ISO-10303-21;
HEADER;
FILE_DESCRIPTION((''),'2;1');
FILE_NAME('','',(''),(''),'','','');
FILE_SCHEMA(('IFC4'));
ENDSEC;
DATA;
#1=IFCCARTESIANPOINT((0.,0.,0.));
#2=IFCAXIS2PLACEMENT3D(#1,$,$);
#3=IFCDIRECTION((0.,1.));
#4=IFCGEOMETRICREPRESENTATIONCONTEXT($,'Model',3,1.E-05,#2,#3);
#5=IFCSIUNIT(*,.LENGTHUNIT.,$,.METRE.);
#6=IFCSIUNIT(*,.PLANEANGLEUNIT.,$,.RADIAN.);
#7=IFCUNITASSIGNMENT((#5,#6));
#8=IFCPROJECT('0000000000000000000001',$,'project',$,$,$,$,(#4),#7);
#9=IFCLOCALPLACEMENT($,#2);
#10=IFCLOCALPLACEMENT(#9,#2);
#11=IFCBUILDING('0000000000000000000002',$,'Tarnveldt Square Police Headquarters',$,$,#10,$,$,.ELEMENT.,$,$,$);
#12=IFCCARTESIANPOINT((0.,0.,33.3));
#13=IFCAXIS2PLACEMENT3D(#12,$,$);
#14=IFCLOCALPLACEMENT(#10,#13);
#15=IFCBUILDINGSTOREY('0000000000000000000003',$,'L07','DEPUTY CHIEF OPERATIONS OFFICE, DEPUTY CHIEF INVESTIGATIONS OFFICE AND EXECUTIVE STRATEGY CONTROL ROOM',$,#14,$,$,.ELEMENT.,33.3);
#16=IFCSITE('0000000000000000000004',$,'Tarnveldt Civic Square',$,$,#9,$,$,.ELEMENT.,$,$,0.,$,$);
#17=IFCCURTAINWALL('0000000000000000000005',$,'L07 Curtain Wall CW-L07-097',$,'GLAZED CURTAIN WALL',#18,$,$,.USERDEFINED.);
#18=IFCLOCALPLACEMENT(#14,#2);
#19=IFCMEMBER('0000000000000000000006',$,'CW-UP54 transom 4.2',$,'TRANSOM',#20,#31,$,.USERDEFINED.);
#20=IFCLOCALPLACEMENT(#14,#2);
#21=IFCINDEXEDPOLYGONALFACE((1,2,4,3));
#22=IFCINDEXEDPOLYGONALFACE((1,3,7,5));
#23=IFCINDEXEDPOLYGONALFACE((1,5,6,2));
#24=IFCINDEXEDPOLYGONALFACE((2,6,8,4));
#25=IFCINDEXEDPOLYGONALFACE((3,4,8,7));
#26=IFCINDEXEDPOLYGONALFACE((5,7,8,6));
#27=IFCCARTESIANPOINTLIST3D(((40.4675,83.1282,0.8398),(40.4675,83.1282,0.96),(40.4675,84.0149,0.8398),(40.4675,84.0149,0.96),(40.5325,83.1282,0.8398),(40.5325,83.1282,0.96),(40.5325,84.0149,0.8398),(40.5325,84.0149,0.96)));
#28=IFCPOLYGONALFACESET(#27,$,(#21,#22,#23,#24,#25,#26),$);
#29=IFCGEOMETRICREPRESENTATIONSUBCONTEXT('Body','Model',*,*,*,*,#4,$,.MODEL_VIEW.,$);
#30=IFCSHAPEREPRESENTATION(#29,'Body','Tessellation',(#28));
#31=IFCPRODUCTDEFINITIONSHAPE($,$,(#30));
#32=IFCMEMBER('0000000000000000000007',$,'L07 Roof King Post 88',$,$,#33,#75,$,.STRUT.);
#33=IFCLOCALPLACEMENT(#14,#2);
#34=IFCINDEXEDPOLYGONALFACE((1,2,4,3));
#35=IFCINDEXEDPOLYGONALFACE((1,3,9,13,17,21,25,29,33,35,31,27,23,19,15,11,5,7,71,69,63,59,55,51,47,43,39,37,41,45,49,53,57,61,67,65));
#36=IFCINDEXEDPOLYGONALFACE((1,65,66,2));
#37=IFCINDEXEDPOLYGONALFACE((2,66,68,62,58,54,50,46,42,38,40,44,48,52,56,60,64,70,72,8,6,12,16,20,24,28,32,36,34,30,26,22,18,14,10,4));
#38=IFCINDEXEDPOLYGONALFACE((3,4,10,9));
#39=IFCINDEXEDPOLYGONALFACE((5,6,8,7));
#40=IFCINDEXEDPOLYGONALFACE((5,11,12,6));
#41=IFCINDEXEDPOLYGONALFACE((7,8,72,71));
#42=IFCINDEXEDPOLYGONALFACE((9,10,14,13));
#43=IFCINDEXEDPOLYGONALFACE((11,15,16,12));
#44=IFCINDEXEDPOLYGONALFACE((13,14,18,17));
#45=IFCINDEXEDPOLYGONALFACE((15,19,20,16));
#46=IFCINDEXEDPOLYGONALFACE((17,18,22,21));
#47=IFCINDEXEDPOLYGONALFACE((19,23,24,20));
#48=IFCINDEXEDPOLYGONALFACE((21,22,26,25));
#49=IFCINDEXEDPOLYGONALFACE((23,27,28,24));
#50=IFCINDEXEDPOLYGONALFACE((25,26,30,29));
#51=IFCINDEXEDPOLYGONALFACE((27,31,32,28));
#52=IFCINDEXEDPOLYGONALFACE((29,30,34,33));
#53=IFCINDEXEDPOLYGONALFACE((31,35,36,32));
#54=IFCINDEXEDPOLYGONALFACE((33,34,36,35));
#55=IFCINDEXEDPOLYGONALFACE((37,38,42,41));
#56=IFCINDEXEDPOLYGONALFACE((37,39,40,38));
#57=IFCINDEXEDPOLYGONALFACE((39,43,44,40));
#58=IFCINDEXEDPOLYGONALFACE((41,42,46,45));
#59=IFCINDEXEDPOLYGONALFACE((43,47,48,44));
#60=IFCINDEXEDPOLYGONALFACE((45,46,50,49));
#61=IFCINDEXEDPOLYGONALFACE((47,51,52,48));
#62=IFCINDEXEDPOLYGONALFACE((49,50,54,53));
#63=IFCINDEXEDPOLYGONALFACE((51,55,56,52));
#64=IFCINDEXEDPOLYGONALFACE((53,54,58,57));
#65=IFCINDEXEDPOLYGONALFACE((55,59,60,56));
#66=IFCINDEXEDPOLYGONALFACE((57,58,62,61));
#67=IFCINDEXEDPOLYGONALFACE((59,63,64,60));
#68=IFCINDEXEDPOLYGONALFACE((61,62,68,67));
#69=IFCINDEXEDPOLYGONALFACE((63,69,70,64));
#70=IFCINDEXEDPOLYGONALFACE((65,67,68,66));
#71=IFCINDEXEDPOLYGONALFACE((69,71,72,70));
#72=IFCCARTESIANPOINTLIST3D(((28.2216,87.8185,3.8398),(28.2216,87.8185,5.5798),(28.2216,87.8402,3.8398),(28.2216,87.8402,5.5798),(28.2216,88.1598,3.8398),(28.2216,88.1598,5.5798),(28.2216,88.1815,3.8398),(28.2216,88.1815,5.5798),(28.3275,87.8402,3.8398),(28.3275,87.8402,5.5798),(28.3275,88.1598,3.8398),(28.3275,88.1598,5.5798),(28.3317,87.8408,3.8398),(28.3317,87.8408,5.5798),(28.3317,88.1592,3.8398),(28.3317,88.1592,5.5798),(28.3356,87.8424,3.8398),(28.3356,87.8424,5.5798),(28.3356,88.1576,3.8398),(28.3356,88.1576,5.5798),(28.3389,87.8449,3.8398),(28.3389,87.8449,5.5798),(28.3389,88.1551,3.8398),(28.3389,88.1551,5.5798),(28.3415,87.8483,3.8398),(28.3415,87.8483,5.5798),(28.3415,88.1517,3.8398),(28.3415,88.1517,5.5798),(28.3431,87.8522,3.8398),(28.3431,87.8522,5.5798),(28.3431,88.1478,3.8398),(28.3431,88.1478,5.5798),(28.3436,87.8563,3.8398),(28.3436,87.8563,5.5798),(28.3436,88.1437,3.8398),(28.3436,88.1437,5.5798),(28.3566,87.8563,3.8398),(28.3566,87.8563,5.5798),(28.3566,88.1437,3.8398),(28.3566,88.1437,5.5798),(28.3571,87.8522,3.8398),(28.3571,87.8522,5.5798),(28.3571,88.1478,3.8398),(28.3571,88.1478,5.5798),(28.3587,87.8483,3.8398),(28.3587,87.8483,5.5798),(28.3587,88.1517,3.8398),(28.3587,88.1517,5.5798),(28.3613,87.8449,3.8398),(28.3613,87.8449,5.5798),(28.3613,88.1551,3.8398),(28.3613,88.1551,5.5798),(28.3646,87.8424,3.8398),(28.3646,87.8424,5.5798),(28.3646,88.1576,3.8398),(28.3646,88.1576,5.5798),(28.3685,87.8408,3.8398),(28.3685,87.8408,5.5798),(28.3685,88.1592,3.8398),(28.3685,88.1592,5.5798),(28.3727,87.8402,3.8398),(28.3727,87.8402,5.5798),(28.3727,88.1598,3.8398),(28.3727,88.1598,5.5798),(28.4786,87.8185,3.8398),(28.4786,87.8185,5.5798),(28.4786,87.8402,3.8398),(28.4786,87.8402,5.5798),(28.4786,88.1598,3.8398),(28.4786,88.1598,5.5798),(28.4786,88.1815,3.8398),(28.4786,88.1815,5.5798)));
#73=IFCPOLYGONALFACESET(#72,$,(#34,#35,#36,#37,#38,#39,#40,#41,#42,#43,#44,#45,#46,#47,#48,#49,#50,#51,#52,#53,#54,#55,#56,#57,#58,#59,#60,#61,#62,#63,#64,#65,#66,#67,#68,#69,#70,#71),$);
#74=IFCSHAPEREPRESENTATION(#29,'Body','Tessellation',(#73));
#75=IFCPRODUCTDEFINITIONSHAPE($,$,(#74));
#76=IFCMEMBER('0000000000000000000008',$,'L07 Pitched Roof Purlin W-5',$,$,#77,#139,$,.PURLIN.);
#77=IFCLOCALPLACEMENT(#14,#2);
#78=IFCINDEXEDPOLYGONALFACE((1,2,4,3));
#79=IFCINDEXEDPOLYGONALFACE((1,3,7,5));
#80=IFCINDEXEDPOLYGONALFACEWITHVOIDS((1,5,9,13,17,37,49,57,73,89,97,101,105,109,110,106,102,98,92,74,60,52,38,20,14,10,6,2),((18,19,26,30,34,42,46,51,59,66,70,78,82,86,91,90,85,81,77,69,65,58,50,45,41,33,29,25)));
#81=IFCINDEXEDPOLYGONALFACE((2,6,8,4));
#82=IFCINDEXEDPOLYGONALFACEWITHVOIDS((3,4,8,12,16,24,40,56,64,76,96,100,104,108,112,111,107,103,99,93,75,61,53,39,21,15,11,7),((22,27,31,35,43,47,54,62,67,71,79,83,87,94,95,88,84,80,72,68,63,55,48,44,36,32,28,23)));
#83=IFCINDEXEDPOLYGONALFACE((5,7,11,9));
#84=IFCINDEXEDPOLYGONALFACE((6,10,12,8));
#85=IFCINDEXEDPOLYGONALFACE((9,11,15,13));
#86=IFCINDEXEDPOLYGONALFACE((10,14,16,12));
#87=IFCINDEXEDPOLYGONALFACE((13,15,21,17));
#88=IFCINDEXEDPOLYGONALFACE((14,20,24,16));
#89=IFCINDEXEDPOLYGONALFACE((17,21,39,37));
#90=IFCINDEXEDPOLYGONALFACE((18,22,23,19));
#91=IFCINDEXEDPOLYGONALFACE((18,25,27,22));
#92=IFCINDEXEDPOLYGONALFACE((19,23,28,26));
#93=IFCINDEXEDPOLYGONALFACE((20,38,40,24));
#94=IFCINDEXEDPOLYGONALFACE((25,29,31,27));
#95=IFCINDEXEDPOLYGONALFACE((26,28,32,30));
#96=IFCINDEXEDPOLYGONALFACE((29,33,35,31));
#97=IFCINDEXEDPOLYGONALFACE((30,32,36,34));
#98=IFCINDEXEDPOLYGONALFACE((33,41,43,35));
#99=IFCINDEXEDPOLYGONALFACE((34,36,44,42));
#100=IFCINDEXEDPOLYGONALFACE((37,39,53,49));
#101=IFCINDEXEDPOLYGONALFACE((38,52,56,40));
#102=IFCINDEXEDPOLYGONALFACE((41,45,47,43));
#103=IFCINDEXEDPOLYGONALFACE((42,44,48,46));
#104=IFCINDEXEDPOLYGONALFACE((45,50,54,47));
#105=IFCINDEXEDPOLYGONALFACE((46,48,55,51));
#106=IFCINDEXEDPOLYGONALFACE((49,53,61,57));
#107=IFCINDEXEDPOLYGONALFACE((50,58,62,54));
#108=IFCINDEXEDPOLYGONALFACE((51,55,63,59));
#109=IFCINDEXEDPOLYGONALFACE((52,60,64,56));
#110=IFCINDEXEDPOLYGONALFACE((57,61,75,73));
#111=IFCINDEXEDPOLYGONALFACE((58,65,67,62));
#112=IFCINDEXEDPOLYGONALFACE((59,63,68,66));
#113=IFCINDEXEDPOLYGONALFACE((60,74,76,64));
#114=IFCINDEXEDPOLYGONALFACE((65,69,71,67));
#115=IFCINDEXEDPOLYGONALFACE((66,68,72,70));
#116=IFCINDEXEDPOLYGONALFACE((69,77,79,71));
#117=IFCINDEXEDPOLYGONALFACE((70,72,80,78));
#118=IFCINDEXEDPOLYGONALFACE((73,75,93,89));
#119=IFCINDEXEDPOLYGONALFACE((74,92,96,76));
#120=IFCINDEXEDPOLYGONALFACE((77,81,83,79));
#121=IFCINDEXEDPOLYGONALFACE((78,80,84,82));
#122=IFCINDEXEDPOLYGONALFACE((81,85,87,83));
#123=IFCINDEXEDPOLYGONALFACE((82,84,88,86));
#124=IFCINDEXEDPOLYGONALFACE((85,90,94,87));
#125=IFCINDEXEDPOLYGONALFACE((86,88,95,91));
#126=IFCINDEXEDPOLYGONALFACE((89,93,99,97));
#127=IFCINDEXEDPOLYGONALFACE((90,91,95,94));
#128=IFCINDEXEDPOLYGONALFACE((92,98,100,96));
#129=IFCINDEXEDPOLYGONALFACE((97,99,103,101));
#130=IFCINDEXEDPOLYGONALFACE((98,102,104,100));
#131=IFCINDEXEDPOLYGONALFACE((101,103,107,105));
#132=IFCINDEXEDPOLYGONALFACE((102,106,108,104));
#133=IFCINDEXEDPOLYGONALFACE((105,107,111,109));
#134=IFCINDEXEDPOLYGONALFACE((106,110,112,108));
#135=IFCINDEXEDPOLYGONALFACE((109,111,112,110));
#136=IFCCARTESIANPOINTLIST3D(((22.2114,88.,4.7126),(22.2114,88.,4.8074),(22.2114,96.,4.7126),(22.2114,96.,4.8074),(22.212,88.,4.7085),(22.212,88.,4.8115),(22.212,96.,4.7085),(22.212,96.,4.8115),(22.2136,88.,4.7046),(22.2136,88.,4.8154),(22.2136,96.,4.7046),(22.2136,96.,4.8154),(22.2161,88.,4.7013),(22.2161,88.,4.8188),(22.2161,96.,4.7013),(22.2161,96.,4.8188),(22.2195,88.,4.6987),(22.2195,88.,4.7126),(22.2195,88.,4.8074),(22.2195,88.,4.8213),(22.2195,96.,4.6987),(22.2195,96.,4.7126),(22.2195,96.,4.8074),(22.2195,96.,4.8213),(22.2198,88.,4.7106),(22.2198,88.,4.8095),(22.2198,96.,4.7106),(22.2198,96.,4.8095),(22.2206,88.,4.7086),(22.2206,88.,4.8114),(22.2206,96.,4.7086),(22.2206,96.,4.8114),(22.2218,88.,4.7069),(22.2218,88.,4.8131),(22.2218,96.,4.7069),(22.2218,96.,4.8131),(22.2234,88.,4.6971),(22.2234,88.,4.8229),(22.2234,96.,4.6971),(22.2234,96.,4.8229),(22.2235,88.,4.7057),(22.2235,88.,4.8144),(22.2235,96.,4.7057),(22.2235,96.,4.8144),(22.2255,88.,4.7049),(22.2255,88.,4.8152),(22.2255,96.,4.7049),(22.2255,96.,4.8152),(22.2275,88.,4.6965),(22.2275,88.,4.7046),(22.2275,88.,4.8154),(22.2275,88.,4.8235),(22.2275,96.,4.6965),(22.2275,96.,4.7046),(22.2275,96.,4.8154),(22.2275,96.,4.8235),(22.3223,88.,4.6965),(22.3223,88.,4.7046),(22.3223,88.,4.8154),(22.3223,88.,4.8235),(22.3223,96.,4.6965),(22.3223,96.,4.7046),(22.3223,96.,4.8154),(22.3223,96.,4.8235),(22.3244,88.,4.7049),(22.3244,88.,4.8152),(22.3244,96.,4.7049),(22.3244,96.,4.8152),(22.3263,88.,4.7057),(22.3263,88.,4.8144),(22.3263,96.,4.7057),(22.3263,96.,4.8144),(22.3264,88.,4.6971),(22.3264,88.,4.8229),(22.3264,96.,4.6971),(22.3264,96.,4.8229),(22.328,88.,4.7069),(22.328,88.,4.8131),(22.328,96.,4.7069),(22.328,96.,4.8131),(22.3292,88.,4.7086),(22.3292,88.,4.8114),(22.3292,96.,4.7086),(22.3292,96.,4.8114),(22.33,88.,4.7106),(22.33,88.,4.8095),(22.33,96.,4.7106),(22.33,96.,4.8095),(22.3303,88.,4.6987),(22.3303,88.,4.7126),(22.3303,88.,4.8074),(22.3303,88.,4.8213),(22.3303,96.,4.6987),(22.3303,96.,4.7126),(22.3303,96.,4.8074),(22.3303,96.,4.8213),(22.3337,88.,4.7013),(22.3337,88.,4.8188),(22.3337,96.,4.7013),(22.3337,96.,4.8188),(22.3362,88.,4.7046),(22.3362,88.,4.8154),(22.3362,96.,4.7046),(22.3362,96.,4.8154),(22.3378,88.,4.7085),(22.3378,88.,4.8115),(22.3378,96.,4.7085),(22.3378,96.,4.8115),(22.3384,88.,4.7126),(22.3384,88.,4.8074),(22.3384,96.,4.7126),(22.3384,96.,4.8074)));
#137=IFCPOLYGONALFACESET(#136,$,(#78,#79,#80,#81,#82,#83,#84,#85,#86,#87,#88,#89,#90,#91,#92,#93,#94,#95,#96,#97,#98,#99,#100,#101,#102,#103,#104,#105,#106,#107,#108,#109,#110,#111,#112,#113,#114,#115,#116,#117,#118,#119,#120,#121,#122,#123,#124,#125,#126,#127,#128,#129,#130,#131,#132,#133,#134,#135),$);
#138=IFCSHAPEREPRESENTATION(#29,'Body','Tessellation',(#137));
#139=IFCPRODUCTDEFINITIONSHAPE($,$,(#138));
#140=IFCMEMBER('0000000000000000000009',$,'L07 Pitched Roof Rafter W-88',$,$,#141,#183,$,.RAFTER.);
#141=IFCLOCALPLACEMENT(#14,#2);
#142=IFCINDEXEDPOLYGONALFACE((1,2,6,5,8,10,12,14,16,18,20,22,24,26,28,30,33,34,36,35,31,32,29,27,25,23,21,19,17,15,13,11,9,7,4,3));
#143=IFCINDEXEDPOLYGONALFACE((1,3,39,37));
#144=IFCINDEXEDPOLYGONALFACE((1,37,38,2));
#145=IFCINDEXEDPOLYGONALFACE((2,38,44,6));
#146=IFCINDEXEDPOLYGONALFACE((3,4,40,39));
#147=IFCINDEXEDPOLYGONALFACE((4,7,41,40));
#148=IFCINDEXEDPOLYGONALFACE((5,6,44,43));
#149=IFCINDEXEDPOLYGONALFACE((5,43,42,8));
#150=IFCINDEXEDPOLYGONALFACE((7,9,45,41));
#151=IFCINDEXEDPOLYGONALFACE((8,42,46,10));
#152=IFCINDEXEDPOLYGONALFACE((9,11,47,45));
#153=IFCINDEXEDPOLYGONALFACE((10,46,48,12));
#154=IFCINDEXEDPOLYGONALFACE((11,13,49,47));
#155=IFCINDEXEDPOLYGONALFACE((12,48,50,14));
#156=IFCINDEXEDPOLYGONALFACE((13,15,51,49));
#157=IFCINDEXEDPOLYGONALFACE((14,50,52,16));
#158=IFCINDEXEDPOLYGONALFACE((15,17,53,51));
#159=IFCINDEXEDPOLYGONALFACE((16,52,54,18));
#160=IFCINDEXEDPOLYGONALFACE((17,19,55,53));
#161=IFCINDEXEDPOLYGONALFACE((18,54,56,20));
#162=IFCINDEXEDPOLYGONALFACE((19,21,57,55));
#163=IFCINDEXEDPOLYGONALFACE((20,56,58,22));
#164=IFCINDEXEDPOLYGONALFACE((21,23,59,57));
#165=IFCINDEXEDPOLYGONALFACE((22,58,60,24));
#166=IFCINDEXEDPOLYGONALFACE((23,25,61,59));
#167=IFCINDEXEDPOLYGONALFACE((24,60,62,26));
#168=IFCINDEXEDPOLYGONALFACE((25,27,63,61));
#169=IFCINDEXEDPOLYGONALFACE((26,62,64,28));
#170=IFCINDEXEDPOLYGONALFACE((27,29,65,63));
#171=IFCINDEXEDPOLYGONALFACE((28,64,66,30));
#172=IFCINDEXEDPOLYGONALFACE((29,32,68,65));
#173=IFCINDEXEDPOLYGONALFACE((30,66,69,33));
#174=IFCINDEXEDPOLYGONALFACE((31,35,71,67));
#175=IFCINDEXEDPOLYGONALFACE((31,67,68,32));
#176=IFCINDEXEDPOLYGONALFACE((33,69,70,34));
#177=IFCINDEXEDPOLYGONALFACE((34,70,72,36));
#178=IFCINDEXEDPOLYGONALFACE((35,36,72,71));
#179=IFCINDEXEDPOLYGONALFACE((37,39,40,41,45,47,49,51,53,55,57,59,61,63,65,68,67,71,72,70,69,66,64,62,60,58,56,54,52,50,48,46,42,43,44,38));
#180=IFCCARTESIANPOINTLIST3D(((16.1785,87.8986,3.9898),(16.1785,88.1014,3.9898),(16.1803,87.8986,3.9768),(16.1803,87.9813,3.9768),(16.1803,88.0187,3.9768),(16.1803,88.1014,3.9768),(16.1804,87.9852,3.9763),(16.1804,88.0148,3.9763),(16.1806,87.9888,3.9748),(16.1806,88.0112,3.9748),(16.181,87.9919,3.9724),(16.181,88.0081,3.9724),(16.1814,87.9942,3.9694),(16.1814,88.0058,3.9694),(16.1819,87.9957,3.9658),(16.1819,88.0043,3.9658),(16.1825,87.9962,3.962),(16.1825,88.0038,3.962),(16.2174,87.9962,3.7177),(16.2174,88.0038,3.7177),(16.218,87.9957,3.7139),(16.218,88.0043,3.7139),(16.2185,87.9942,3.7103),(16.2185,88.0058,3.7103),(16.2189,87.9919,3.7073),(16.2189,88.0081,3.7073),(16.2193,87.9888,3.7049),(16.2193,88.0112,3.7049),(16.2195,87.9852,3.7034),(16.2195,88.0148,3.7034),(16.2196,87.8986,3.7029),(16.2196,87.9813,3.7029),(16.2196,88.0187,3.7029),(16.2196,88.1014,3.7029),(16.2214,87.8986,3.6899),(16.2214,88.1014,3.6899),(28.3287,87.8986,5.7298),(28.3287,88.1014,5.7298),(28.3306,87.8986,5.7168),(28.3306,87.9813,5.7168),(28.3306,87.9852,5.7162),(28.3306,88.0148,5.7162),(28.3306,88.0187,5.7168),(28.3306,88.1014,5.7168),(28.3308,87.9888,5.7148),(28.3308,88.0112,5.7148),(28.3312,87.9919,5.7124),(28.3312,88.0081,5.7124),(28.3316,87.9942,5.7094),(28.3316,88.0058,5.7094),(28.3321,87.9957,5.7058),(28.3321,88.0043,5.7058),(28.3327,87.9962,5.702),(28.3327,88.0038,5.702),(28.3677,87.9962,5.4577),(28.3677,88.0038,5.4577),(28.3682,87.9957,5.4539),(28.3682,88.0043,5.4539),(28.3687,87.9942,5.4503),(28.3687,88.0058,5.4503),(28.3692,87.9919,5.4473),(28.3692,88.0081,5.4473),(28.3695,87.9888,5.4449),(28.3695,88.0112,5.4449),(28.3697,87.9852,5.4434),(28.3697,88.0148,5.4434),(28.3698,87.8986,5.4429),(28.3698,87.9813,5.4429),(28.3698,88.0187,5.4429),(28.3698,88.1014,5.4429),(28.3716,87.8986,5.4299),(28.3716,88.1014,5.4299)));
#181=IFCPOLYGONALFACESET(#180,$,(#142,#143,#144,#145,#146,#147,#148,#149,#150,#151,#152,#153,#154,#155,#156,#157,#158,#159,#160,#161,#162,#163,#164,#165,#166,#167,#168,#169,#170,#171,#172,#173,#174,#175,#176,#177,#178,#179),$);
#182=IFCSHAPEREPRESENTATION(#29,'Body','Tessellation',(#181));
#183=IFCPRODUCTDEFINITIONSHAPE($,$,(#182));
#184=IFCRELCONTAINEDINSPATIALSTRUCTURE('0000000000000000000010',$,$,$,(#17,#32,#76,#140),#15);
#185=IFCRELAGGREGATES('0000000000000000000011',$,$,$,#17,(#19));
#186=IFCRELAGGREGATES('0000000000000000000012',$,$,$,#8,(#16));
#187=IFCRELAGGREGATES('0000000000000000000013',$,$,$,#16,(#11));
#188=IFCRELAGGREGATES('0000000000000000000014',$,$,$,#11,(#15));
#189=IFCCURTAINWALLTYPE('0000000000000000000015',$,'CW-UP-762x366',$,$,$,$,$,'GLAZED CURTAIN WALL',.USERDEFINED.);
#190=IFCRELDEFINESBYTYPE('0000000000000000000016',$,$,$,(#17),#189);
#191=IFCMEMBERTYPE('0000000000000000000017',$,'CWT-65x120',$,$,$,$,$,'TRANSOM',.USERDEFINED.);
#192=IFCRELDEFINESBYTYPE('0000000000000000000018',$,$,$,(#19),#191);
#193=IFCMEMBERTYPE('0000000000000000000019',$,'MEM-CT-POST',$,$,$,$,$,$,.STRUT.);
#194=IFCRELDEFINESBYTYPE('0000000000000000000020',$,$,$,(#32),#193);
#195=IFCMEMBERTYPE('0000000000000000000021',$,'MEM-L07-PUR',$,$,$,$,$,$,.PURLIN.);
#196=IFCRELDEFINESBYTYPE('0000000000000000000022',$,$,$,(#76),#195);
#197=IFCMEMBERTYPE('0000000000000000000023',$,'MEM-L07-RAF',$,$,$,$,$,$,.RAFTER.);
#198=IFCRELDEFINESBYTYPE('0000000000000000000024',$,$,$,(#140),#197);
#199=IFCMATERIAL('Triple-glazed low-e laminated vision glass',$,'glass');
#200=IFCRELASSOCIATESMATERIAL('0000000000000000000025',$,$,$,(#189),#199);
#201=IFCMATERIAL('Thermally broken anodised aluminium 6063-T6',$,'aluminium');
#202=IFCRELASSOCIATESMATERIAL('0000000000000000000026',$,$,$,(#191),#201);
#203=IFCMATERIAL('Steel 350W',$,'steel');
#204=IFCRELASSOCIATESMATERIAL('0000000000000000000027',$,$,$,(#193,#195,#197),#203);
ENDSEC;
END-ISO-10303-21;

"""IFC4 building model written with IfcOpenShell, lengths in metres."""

from ifc_helpers import new_model, si_unit, direction, frame, origin, origin_2d, place, context, subcontext, project, spatial, rectangle, hollow_rectangle, i_section, extrude, material, material_profile, profile_set, type_object, element, aggregate, save


model = new_model("IFC4")

# Units and contexts
model_context = context("Model", 3, precision=1e-05, world=origin(), true_north=direction((0.0, 1.0)))
body_context = subcontext(model_context, "Body", "Model", "MODEL_VIEW")
ifc_project = project(units=[si_unit("LENGTHUNIT", "METRE"), si_unit("PLANEANGLEUNIT", "RADIAN")], contexts=[model_context])

# Site, building, storey
site_placement = place(None, origin())
site = spatial("IfcSite", under=ifc_project, at=site_placement, Name="Tarnveldt Civic Square", CompositionType="ELEMENT", RefElevation=0.0)
building_placement = place(site_placement, origin())
building = spatial("IfcBuilding", under=site, at=building_placement, Name="Tarnveldt Square Police Headquarters", CompositionType="ELEMENT")
storey_placement = place(building_placement, frame((0.0, 0.0, 33.3)))
storey = spatial("IfcBuildingStorey", under=building, at=storey_placement, Name="L07", Description="DEPUTY CHIEF OPERATIONS OFFICE, DEPUTY CHIEF INVESTIGATIONS OFFICE AND EXECUTIVE STRATEGY CONTROL ROOM", CompositionType="ELEMENT", Elevation=33.3)

# Shared definitions
ifc_material_1 = material(Name="Steel 350W", Category="steel")

# Curtain wall, member
ifc_material_2 = material(Name="Triple-glazed low-e laminated vision glass", Category="glass")
curtain_wall_type = type_object("IfcCurtainWallType", Name="CW-UP-762x366", ElementType="GLAZED CURTAIN WALL", PredefinedType="USERDEFINED", material=ifc_material_2)
curtain_wall_placement = place(storey_placement, origin())
curtain_wall = element("IfcCurtainWall", 1, at=curtain_wall_placement, inside=storey, type_object=curtain_wall_type, Name="L07 Curtain Wall CW-L07-097", ObjectType="GLAZED CURTAIN WALL", PredefinedType="USERDEFINED")
ifc_material_3 = material(Name="Thermally broken anodised aluminium 6063-T6", Category="aluminium")
ifc_material_profile_1 = material_profile(ifc_material_3, rectangle(XDim=0.0649, YDim=0.1201, at=origin_2d()), Name="CW-T65x120")
ifc_profile_set_1 = profile_set([ifc_material_profile_1], Name="Thermally broken anodised aluminium 6063-T6")
member_type_1 = type_object("IfcMemberType", Name="CWT-65x120", ElementType="TRANSOM", PredefinedType="USERDEFINED", material=ifc_profile_set_1)
member_1_placement = place(storey_placement, frame((40.5, 83.1282, 0.8999), z_axis=(0.0, 1.0, 0.0), x_axis=(-1.0, 0.0, 0.0)))
member_1 = element("IfcMember", 2, at=member_1_placement, type_object=member_type_1, Name="CW-UP54 transom 4.2", ObjectType="TRANSOM", PredefinedType="USERDEFINED", context=body_context, shape_type="SweptSolid", body=[
    extrude(rectangle(XDim=0.0649, YDim=0.1201, at=origin_2d()), origin(), (0.0, 0.0, 1.0), 0.8867),
])

# Members
ifc_material_profile_2 = material_profile(ifc_material_1, i_section(OverallWidth=0.2571, OverallDepth=0.363, WebThickness=0.0129, FlangeThickness=0.0217, FilletRadius=0.0161, at=origin_2d()), Name="W360x122")
ifc_profile_set_2 = profile_set([ifc_material_profile_2], Name="Steel 350W")
member_type_2 = type_object("IfcMemberType", Name="MEM-CT-POST", PredefinedType="STRUT", material=ifc_profile_set_2)
member_2_placement = place(storey_placement, frame((28.3501, 88.0, 3.8398), z_axis=(0.0, 0.0, 1.0), x_axis=(1.0, 0.0, 0.0)))
element("IfcMember", 3, at=member_2_placement, inside=storey, type_object=member_type_2, Name="L07 Roof King Post 88", PredefinedType="STRUT", context=body_context, shape_type="SweptSolid", body=[
    extrude(i_section(OverallWidth=0.2571, OverallDepth=0.363, WebThickness=0.0129, FlangeThickness=0.0217, FilletRadius=0.0161, at=origin_2d()), origin(), (0.0, 0.0, 1.0), 1.74),
])
ifc_material_profile_3 = material_profile(ifc_material_1, hollow_rectangle(XDim=0.127, YDim=0.127, WallThickness=0.0081, InnerFilletRadius=0.0081, OuterFilletRadius=0.0161, at=origin_2d()), Name="HSS127x127x8.0")
ifc_profile_set_3 = profile_set([ifc_material_profile_3], Name="Steel 350W")
member_type_3 = type_object("IfcMemberType", Name="MEM-L07-PUR", PredefinedType="PURLIN", material=ifc_profile_set_3)
member_3_placement = place(storey_placement, frame((22.2749, 88.0, 4.76), z_axis=(0.0, 1.0, 0.0), x_axis=(-1.0, 0.0, 0.0)))
element("IfcMember", 4, at=member_3_placement, inside=storey, type_object=member_type_3, Name="L07 Pitched Roof Purlin W-5", PredefinedType="PURLIN", context=body_context, shape_type="SweptSolid", body=[
    extrude(hollow_rectangle(XDim=0.127, YDim=0.127, WallThickness=0.0081, InnerFilletRadius=0.0081, OuterFilletRadius=0.0161, at=origin_2d()), origin(), (0.0, 0.0, 1.0), 8.0),
])
ifc_material_profile_4 = material_profile(ifc_material_1, i_section(OverallWidth=0.2029, OverallDepth=0.303, WebThickness=0.0076, FlangeThickness=0.0132, FilletRadius=0.0149, at=origin_2d()), Name="W310x60")
ifc_profile_set_4 = profile_set([ifc_material_profile_4], Name="Steel 350W")
member_type_4 = type_object("IfcMemberType", Name="MEM-L07-RAF", PredefinedType="RAFTER", material=ifc_profile_set_4)
member_4_placement = place(storey_placement, frame((16.2, 88.0, 3.8398), z_axis=(0.989901, 0.0, 0.141761), x_axis=(0.0, 1.0, 0.0)))
element("IfcMember", 5, at=member_4_placement, inside=storey, type_object=member_type_4, Name="L07 Pitched Roof Rafter W-88", PredefinedType="RAFTER", context=body_context, shape_type="SweptSolid", body=[
    extrude(i_section(OverallWidth=0.2029, OverallDepth=0.303, WebThickness=0.0076, FlangeThickness=0.0132, FilletRadius=0.0149, at=origin_2d()), origin(), (0.0, 0.0, 1.0), 12.2742),
])

aggregate(curtain_wall, [member_1])

save(model, "model.ifc")
